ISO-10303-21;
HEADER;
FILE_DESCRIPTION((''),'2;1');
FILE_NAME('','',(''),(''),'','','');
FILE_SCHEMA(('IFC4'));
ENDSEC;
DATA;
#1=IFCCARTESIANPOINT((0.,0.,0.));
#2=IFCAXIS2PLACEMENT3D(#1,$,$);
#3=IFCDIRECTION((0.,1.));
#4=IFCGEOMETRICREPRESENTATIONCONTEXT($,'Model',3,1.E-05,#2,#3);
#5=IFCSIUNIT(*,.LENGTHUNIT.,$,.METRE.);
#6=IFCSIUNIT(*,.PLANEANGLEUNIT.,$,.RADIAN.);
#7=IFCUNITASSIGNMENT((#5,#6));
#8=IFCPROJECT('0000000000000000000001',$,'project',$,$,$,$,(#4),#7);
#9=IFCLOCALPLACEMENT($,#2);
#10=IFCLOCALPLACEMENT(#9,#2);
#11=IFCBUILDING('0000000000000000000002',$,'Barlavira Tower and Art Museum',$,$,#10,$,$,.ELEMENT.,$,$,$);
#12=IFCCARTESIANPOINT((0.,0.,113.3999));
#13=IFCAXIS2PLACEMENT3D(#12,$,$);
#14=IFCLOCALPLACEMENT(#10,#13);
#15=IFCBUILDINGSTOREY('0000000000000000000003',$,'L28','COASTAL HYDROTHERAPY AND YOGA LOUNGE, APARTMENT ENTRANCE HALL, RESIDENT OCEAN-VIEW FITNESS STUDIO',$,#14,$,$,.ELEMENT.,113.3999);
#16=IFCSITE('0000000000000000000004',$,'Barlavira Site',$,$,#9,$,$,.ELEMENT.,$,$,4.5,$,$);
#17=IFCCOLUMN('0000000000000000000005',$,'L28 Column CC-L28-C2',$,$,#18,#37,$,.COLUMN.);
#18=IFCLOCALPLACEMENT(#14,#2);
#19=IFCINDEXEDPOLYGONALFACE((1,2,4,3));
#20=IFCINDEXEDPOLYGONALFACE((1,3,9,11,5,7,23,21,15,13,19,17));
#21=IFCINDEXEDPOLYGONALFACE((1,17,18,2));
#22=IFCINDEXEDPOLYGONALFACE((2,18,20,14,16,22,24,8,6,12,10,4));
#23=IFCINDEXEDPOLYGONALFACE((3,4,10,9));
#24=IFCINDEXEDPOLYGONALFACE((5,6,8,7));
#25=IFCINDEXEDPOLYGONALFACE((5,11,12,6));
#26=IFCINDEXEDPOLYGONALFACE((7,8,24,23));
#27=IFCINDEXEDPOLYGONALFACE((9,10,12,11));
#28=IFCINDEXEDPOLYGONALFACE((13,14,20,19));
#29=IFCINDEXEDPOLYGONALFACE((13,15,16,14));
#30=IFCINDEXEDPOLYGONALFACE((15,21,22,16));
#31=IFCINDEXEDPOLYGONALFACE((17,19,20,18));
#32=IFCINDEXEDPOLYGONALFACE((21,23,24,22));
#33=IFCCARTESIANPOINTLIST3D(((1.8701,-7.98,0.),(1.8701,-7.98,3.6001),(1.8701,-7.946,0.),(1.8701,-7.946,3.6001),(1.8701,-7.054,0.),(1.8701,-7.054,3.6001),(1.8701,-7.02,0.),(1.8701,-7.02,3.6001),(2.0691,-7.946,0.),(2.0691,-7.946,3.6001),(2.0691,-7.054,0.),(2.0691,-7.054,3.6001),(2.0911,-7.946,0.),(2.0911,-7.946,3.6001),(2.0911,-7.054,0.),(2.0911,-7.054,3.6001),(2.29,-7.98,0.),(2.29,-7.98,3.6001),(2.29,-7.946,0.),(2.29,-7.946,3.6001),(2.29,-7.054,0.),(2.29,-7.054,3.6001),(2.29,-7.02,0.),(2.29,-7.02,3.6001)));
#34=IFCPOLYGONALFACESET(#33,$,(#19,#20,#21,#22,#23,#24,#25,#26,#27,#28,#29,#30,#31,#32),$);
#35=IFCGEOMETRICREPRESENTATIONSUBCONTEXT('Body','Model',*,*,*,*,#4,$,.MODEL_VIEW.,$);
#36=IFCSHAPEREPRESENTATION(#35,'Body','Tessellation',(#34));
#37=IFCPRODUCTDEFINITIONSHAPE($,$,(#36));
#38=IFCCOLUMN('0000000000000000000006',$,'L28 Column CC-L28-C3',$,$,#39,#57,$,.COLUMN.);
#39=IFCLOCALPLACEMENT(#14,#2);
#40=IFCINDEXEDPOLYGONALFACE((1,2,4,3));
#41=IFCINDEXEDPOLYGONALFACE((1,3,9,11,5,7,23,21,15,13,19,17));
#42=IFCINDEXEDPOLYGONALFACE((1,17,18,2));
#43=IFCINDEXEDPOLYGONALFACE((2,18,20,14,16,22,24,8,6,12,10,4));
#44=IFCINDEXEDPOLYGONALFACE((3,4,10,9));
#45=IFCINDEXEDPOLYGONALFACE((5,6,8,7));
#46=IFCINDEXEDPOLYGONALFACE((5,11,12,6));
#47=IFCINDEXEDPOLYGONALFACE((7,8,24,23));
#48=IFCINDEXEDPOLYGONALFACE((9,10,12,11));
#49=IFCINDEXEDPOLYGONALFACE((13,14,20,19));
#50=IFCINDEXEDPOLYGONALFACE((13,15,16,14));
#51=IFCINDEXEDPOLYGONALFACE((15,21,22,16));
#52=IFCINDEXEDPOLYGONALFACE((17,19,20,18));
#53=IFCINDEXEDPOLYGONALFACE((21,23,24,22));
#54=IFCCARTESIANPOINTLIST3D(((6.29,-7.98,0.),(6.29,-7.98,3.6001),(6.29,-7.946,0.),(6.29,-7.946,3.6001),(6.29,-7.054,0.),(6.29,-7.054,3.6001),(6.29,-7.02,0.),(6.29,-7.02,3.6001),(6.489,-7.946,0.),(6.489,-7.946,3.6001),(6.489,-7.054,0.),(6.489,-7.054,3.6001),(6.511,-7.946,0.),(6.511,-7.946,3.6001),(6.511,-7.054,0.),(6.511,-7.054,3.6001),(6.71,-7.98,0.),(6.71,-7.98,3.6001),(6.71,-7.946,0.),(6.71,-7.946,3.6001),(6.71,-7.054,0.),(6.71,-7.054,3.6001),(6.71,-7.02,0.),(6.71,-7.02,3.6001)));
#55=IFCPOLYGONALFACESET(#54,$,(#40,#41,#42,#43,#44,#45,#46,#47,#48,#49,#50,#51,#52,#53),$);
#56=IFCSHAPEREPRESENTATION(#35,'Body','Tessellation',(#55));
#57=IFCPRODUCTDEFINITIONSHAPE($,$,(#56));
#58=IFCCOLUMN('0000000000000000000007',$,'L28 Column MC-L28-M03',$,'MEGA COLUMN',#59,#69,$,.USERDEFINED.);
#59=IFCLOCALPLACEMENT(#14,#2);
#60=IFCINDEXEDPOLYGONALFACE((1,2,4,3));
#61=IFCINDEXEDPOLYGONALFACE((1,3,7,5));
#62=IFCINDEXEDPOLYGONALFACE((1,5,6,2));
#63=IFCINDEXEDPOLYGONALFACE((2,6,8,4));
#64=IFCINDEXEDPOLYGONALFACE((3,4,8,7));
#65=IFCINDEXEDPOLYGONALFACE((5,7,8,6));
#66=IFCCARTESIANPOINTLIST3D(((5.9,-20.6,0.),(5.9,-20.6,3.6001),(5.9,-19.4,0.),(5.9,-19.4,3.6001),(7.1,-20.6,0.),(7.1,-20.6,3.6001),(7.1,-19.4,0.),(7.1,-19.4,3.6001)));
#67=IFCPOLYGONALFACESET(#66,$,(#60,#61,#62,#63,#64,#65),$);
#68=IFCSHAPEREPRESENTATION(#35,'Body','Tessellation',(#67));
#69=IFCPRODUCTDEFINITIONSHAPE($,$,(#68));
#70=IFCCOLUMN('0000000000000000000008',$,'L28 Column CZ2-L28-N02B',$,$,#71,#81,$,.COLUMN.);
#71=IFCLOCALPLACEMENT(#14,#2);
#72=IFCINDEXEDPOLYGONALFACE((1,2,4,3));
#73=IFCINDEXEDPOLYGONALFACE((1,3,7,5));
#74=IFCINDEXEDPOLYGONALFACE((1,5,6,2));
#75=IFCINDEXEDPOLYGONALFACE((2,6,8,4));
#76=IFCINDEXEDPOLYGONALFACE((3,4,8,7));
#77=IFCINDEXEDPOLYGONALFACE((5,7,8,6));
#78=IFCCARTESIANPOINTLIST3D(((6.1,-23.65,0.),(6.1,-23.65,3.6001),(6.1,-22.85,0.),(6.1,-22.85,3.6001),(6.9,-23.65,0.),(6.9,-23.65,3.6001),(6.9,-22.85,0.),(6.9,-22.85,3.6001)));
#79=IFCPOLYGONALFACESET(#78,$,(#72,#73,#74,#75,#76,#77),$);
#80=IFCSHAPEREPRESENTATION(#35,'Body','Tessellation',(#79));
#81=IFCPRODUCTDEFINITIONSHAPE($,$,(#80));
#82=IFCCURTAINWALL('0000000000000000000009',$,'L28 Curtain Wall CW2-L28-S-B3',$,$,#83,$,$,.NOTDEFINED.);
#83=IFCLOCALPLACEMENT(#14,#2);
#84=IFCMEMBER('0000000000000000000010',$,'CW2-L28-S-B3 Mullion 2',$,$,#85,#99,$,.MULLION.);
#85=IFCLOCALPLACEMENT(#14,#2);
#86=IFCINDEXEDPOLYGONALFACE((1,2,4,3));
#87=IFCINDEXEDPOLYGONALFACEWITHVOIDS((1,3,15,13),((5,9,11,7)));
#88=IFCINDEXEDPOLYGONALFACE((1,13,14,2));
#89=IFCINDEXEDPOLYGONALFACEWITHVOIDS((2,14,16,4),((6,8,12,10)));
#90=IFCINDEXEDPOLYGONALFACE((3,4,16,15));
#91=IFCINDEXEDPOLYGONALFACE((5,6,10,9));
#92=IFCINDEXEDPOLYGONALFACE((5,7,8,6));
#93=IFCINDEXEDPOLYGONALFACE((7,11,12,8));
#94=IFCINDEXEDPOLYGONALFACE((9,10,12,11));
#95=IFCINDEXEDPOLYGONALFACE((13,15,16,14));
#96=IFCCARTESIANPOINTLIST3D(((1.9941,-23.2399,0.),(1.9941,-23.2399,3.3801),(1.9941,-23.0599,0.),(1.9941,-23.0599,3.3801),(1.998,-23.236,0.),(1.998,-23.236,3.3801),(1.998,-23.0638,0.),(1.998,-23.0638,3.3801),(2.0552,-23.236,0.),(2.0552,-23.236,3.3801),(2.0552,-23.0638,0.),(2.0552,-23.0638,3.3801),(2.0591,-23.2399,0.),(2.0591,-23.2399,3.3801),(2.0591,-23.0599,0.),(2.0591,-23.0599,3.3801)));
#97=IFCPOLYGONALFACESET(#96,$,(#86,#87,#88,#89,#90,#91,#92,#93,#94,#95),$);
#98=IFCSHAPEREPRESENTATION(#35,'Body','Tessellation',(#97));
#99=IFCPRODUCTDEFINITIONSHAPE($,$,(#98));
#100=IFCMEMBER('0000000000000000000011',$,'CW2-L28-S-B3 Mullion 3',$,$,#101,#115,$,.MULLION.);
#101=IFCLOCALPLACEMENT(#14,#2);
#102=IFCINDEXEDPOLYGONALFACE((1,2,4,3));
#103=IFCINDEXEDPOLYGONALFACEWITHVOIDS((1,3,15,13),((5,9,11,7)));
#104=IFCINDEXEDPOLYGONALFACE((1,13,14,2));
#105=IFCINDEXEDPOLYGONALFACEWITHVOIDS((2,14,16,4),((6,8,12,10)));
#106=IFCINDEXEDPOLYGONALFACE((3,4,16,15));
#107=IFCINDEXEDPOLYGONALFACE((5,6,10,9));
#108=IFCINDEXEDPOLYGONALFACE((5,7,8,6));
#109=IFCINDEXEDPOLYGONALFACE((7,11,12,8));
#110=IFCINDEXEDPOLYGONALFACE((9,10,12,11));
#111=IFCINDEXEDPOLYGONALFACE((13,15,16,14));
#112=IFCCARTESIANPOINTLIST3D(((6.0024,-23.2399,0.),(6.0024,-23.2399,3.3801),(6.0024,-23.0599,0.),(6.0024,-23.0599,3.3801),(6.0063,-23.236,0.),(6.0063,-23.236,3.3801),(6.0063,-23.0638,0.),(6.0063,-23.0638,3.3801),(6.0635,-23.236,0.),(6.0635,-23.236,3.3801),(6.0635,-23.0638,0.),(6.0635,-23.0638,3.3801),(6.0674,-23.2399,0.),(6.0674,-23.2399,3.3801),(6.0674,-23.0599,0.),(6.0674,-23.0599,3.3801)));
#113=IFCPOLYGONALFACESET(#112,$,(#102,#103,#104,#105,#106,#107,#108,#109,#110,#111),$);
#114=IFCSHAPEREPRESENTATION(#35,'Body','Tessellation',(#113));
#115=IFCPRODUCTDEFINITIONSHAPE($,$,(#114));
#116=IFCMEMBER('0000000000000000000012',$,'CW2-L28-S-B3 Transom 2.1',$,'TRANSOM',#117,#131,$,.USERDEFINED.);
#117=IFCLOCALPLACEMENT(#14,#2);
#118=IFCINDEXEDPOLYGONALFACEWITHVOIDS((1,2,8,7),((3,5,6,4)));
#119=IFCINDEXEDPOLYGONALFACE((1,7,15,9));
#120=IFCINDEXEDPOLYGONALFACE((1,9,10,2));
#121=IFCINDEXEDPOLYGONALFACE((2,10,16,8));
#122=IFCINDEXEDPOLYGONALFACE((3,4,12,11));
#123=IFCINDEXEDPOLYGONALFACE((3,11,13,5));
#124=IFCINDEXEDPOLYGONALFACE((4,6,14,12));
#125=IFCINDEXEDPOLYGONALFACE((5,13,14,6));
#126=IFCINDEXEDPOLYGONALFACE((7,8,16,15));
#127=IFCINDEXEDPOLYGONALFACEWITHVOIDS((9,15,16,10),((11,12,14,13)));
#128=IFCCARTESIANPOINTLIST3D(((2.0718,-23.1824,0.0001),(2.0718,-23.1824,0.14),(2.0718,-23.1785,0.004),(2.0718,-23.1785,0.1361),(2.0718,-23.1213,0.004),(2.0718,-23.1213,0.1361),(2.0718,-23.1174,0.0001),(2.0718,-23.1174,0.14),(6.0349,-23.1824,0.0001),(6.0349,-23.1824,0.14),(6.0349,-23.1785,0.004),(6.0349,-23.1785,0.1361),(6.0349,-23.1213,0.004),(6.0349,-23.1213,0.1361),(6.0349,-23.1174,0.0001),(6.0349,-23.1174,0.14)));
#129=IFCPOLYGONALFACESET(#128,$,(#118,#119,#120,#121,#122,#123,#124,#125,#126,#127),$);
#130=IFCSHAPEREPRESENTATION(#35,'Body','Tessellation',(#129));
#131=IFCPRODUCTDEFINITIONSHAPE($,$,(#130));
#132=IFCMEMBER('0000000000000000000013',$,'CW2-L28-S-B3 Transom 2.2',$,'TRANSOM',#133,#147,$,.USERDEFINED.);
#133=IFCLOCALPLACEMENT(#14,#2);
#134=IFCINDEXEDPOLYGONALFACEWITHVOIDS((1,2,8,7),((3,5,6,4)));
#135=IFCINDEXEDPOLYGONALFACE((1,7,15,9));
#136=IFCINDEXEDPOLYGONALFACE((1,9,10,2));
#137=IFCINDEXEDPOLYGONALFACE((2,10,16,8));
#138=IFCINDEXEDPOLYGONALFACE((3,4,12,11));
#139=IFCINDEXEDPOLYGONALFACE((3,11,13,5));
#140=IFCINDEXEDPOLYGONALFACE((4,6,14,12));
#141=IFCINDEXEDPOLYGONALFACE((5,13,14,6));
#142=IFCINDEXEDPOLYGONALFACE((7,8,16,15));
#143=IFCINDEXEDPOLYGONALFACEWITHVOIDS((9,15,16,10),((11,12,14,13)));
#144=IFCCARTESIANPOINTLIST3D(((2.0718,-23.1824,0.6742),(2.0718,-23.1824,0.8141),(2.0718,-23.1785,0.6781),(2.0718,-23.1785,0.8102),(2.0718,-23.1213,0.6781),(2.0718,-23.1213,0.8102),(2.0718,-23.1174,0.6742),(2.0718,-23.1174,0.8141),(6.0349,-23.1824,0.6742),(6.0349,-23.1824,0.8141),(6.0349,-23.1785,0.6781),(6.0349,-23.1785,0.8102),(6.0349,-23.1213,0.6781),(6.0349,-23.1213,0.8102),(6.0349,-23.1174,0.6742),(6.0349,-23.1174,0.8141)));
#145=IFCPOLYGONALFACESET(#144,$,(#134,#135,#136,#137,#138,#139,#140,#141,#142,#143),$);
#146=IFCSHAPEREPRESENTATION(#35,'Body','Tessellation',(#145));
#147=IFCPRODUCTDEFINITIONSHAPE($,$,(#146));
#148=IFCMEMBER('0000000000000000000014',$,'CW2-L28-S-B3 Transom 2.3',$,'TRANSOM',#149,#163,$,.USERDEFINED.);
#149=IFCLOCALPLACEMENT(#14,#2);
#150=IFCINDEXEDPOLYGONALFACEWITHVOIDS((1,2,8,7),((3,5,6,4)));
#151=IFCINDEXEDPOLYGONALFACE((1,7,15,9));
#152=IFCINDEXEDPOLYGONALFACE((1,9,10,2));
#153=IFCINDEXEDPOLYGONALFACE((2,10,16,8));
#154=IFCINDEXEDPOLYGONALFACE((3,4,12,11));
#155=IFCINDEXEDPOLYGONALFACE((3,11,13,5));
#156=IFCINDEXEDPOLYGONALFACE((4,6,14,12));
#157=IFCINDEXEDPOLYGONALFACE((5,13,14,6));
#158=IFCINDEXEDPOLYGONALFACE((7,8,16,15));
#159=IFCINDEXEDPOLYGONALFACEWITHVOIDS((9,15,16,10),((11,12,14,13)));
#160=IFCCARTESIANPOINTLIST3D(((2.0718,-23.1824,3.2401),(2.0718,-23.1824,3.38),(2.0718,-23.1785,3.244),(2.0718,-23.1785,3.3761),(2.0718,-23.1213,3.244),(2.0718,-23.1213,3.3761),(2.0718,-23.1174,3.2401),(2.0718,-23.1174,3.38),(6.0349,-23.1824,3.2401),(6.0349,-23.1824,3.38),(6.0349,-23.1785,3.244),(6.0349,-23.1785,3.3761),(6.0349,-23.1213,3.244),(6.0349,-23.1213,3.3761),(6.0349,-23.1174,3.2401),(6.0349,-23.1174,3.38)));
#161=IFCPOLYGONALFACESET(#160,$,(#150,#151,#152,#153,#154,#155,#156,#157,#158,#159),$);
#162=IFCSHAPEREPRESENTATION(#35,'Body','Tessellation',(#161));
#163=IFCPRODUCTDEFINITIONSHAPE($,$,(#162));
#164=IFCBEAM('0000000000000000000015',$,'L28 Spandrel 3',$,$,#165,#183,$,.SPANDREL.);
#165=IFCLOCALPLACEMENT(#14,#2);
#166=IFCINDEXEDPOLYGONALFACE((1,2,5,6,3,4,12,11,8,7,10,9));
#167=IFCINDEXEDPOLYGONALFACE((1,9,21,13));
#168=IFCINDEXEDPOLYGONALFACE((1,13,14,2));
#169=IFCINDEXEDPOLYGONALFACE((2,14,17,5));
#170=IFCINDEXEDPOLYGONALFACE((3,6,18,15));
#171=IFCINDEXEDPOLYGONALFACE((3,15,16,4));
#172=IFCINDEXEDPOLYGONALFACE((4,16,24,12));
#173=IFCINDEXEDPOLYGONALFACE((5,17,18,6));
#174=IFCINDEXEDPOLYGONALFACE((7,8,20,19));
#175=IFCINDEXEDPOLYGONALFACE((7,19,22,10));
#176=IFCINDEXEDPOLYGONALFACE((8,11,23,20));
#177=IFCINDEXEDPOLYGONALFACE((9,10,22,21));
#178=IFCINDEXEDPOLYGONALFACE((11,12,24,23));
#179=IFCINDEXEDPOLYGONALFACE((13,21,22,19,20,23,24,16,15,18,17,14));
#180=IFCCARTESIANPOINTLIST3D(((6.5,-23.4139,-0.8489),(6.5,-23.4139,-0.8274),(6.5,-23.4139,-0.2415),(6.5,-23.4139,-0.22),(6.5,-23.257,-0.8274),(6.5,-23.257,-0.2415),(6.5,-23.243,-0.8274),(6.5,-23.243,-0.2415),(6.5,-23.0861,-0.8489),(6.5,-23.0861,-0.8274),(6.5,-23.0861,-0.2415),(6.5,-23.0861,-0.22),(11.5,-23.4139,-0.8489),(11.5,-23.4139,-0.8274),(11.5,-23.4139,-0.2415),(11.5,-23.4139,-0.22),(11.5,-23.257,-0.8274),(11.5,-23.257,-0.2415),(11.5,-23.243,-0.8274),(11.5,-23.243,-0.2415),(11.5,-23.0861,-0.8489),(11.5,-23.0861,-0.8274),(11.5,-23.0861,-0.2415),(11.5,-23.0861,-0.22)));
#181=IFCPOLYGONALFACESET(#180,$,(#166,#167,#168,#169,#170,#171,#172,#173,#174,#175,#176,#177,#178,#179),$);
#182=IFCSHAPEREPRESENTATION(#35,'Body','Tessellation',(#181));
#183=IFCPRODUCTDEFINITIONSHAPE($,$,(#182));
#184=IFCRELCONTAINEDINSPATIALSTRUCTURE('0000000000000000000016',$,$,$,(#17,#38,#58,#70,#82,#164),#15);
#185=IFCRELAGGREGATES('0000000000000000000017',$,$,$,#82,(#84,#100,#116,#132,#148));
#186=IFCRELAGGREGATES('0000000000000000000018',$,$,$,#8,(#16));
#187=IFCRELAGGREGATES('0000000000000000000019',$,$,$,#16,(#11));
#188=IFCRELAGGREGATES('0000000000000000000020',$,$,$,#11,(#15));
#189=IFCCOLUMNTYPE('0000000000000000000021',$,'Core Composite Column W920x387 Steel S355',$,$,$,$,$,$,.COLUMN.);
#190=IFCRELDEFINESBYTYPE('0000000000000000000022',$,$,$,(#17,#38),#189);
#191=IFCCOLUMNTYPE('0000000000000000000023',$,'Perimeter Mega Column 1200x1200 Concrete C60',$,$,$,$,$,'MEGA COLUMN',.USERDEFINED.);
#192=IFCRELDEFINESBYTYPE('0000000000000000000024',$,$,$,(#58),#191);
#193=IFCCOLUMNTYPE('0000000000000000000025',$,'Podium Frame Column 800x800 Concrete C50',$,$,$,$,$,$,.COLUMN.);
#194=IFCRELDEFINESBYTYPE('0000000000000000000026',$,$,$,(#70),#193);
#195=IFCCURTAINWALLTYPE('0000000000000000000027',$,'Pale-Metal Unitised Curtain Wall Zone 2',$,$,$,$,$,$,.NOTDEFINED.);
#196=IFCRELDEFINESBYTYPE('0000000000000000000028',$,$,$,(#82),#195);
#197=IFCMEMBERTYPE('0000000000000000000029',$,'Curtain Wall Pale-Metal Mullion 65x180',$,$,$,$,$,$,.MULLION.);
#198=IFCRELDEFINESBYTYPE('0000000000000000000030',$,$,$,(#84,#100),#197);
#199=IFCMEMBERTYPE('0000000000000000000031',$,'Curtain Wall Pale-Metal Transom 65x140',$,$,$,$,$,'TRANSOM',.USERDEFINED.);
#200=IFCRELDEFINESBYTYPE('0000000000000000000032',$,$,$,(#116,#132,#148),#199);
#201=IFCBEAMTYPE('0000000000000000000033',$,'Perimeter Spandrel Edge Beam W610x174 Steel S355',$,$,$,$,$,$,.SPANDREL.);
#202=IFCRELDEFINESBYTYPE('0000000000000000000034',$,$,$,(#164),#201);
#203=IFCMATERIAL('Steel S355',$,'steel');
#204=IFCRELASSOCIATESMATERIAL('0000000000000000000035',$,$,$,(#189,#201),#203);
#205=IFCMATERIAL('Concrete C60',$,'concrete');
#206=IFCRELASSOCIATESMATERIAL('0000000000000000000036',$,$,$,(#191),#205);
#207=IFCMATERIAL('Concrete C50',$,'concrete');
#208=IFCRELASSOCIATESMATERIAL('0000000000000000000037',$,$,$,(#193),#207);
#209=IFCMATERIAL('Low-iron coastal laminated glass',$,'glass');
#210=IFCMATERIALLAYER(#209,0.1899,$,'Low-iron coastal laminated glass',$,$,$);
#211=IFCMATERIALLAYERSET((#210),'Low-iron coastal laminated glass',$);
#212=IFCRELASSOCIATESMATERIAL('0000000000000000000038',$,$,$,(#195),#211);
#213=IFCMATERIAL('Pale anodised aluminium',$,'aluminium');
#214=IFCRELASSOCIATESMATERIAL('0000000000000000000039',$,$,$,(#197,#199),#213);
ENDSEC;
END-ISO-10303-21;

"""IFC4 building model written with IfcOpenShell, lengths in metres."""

from ifc_helpers import new_model, si_unit, direction, frame, origin, origin_2d, place, context, subcontext, project, spatial, rectangle, hollow_rectangle, i_section, extrude, material, layer, layer_set, material_profile, profile_set, type_object, element, aggregate, save


model = new_model("IFC4")

# Units and contexts
model_context = context("Model", 3, precision=1e-05, world=origin(), true_north=direction((0.0, 1.0)))
body_context = subcontext(model_context, "Body", "Model", "MODEL_VIEW")
ifc_project = project(units=[si_unit("LENGTHUNIT", "METRE"), si_unit("PLANEANGLEUNIT", "RADIAN")], contexts=[model_context])

# Site, building, storey
site_placement = place(None, origin())
site = spatial("IfcSite", under=ifc_project, at=site_placement, Name="Barlavira Site", CompositionType="ELEMENT", RefElevation=4.5)
building_placement = place(site_placement, origin())
building = spatial("IfcBuilding", under=site, at=building_placement, Name="Barlavira Tower and Art Museum", CompositionType="ELEMENT")
storey_placement = place(building_placement, frame((0.0, 0.0, 113.3999)))
storey = spatial("IfcBuildingStorey", under=building, at=storey_placement, Name="L28", Description="COASTAL HYDROTHERAPY AND YOGA LOUNGE, APARTMENT ENTRANCE HALL, RESIDENT OCEAN-VIEW FITNESS STUDIO", CompositionType="ELEMENT", Elevation=113.3999)

# Columns
ifc_material_1 = material(Name="Steel S355", Category="steel")
ifc_material_profile_1 = material_profile(ifc_material_1, i_section(OverallWidth=0.4199, OverallDepth=0.96, WebThickness=0.022, FlangeThickness=0.0339, at=origin_2d()), Name="W920x387.0")
ifc_profile_set_1 = profile_set([ifc_material_profile_1], Name="Steel S355")
column_type_1 = type_object("IfcColumnType", Name="Core Composite Column W920x387 Steel S355", PredefinedType="COLUMN", material=ifc_profile_set_1)
for number, where, z_axis, x_axis, name in (
    (1, (2.0801, -7.5, 0.0), (0.0, 0.0, 1.0), (1.0, 0.0, 0.0), "L28 Column CC-L28-C2"),
    (2, (6.5, -7.5, 0.0), (0.0, 0.0, 1.0), (1.0, 0.0, 0.0), "L28 Column CC-L28-C3"),
):
    element("IfcColumn", number, at=place(storey_placement, frame(where, z_axis=z_axis, x_axis=x_axis)), inside=storey, type_object=column_type_1, Name=name, PredefinedType="COLUMN", context=body_context, shape_type="SweptSolid", body=[
        extrude(i_section(OverallWidth=0.4199, OverallDepth=0.96, WebThickness=0.022, FlangeThickness=0.0339, at=origin_2d()), origin(), (0.0, 0.0, 1.0), 3.6001),
    ])
ifc_material_2 = material(Name="Concrete C60", Category="concrete")
ifc_material_profile_2 = material_profile(ifc_material_2, rectangle(XDim=1.2, YDim=1.2, at=origin_2d()), Name="RC-COL 1200x1200")
ifc_profile_set_2 = profile_set([ifc_material_profile_2], Name="Concrete C60")
column_type_2 = type_object("IfcColumnType", Name="Perimeter Mega Column 1200x1200 Concrete C60", ElementType="MEGA COLUMN", PredefinedType="USERDEFINED", material=ifc_profile_set_2)
column_1_placement = place(storey_placement, frame((6.5, -20.0, 0.0), z_axis=(0.0, 0.0, 1.0), x_axis=(1.0, 0.0, 0.0)))
element("IfcColumn", 3, at=column_1_placement, inside=storey, type_object=column_type_2, Name="L28 Column MC-L28-M03", ObjectType="MEGA COLUMN", PredefinedType="USERDEFINED", context=body_context, shape_type="SweptSolid", body=[
    extrude(rectangle(XDim=1.2, YDim=1.2, at=origin_2d()), origin(), (0.0, 0.0, 1.0), 3.6001),
])
ifc_material_3 = material(Name="Concrete C50", Category="concrete")
ifc_material_profile_3 = material_profile(ifc_material_3, rectangle(XDim=0.8, YDim=0.8, at=origin_2d()), Name="RC-COL 800x800")
ifc_profile_set_3 = profile_set([ifc_material_profile_3], Name="Concrete C50")
column_type_3 = type_object("IfcColumnType", Name="Podium Frame Column 800x800 Concrete C50", PredefinedType="COLUMN", material=ifc_profile_set_3)
column_2_placement = place(storey_placement, frame((6.5, -23.25, 0.0), z_axis=(0.0, 0.0, 1.0), x_axis=(1.0, 0.0, 0.0)))
element("IfcColumn", 4, at=column_2_placement, inside=storey, type_object=column_type_3, Name="L28 Column CZ2-L28-N02B", PredefinedType="COLUMN", context=body_context, shape_type="SweptSolid", body=[
    extrude(rectangle(XDim=0.8, YDim=0.8, at=origin_2d()), origin(), (0.0, 0.0, 1.0), 3.6001),
])

# Curtain wall, members
ifc_material_4 = material(Name="Low-iron coastal laminated glass", Category="glass")
ifc_layer_1 = layer(ifc_material_4, 0.1899, Name="Low-iron coastal laminated glass")
ifc_layer_set_1 = layer_set([ifc_layer_1], Name="Low-iron coastal laminated glass")
curtain_wall_type = type_object("IfcCurtainWallType", Name="Pale-Metal Unitised Curtain Wall Zone 2", PredefinedType="NOTDEFINED", material=ifc_layer_set_1)
curtain_wall_placement = place(storey_placement, origin())
curtain_wall = element("IfcCurtainWall", 5, at=curtain_wall_placement, inside=storey, type_object=curtain_wall_type, Name="L28 Curtain Wall CW2-L28-S-B3", PredefinedType="NOTDEFINED")
ifc_material_5 = material(Name="Pale anodised aluminium", Category="aluminium")
ifc_material_profile_4 = material_profile(ifc_material_5, hollow_rectangle(XDim=0.0649, YDim=0.1799, WallThickness=0.0039, at=origin_2d()), Name="ALU-MULL 65x180x4")
ifc_profile_set_4 = profile_set([ifc_material_profile_4], Name="Pale anodised aluminium")
member_type_1 = type_object("IfcMemberType", Name="Curtain Wall Pale-Metal Mullion 65x180", PredefinedType="MULLION", material=ifc_profile_set_4)
member_1_placement = place(storey_placement, frame((2.0266, -23.1499, 0.0), z_axis=(0.0, 0.0, 1.0), x_axis=(1.0, 0.0, 0.0)))
member_1 = element("IfcMember", 6, at=member_1_placement, type_object=member_type_1, Name="CW2-L28-S-B3 Mullion 2", PredefinedType="MULLION", context=body_context, shape_type="SweptSolid", body=[
    extrude(hollow_rectangle(XDim=0.0649, YDim=0.1799, WallThickness=0.0039, at=origin_2d()), origin(), (0.0, 0.0, 1.0), 3.3801),
])
member_2_placement = place(storey_placement, frame((6.0349, -23.1499, 0.0), z_axis=(0.0, 0.0, 1.0), x_axis=(1.0, 0.0, 0.0)))
member_2 = element("IfcMember", 7, at=member_2_placement, type_object=member_type_1, Name="CW2-L28-S-B3 Mullion 3", PredefinedType="MULLION", context=body_context, shape_type="SweptSolid", body=[
    extrude(hollow_rectangle(XDim=0.0649, YDim=0.1799, WallThickness=0.0039, at=origin_2d()), origin(), (0.0, 0.0, 1.0), 3.3801),
])
ifc_material_profile_5 = material_profile(ifc_material_5, hollow_rectangle(XDim=0.0649, YDim=0.1399, WallThickness=0.0039, at=origin_2d()), Name="ALU-TRAN 65x140x4")
ifc_profile_set_5 = profile_set([ifc_material_profile_5], Name="Pale anodised aluminium")
member_type_2 = type_object("IfcMemberType", Name="Curtain Wall Pale-Metal Transom 65x140", ElementType="TRANSOM", PredefinedType="USERDEFINED", material=ifc_profile_set_5)
member_3_placement = place(storey_placement, frame((2.0718, -23.1499, 0.0701), z_axis=(1.0, 0.0, 0.0), x_axis=(0.0, 1.0, 0.0)))
member_3 = element("IfcMember", 8, at=member_3_placement, type_object=member_type_2, Name="CW2-L28-S-B3 Transom 2.1", ObjectType="TRANSOM", PredefinedType="USERDEFINED", context=body_context, shape_type="SweptSolid", body=[
    extrude(hollow_rectangle(XDim=0.0649, YDim=0.1399, WallThickness=0.0039, at=origin_2d()), origin(), (0.0, 0.0, 1.0), 3.9631),
])
member_4_placement = place(storey_placement, frame((2.0718, -23.1499, 0.7441), z_axis=(1.0, 0.0, 0.0), x_axis=(0.0, 1.0, 0.0)))
member_4 = element("IfcMember", 9, at=member_4_placement, type_object=member_type_2, Name="CW2-L28-S-B3 Transom 2.2", ObjectType="TRANSOM", PredefinedType="USERDEFINED", context=body_context, shape_type="SweptSolid", body=[
    extrude(hollow_rectangle(XDim=0.0649, YDim=0.1399, WallThickness=0.0039, at=origin_2d()), origin(), (0.0, 0.0, 1.0), 3.9631),
])
member_5_placement = place(storey_placement, frame((2.0718, -23.1499, 3.3101), z_axis=(1.0, 0.0, 0.0), x_axis=(0.0, 1.0, 0.0)))
member_5 = element("IfcMember", 10, at=member_5_placement, type_object=member_type_2, Name="CW2-L28-S-B3 Transom 2.3", ObjectType="TRANSOM", PredefinedType="USERDEFINED", context=body_context, shape_type="SweptSolid", body=[
    extrude(hollow_rectangle(XDim=0.0649, YDim=0.1399, WallThickness=0.0039, at=origin_2d()), origin(), (0.0, 0.0, 1.0), 3.9631),
])

# Beam
ifc_material_profile_6 = material_profile(ifc_material_1, i_section(OverallWidth=0.3279, OverallDepth=0.6289, WebThickness=0.0139, FlangeThickness=0.0215, at=origin_2d()), Name="W610x174.0")
ifc_profile_set_6 = profile_set([ifc_material_profile_6], Name="Steel S355")
beam_type_1 = type_object("IfcBeamType", Name="Perimeter Spandrel Edge Beam W610x174 Steel S355", PredefinedType="SPANDREL", material=ifc_profile_set_6)
beam_1_placement = place(storey_placement, frame((6.5, -23.25, -0.5344), z_axis=(1.0, 0.0, 0.0), x_axis=(0.0, 1.0, 0.0)))
element("IfcBeam", 11, at=beam_1_placement, inside=storey, type_object=beam_type_1, Name="L28 Spandrel 3", PredefinedType="SPANDREL", context=body_context, shape_type="SweptSolid", body=[
    extrude(i_section(OverallWidth=0.3279, OverallDepth=0.6289, WebThickness=0.0139, FlangeThickness=0.0215, at=origin_2d()), origin(), (0.0, 0.0, 1.0), 5.0),
])

aggregate(curtain_wall, [member_1, member_2, member_3, member_4, member_5])

save(model, "model.ifc")
